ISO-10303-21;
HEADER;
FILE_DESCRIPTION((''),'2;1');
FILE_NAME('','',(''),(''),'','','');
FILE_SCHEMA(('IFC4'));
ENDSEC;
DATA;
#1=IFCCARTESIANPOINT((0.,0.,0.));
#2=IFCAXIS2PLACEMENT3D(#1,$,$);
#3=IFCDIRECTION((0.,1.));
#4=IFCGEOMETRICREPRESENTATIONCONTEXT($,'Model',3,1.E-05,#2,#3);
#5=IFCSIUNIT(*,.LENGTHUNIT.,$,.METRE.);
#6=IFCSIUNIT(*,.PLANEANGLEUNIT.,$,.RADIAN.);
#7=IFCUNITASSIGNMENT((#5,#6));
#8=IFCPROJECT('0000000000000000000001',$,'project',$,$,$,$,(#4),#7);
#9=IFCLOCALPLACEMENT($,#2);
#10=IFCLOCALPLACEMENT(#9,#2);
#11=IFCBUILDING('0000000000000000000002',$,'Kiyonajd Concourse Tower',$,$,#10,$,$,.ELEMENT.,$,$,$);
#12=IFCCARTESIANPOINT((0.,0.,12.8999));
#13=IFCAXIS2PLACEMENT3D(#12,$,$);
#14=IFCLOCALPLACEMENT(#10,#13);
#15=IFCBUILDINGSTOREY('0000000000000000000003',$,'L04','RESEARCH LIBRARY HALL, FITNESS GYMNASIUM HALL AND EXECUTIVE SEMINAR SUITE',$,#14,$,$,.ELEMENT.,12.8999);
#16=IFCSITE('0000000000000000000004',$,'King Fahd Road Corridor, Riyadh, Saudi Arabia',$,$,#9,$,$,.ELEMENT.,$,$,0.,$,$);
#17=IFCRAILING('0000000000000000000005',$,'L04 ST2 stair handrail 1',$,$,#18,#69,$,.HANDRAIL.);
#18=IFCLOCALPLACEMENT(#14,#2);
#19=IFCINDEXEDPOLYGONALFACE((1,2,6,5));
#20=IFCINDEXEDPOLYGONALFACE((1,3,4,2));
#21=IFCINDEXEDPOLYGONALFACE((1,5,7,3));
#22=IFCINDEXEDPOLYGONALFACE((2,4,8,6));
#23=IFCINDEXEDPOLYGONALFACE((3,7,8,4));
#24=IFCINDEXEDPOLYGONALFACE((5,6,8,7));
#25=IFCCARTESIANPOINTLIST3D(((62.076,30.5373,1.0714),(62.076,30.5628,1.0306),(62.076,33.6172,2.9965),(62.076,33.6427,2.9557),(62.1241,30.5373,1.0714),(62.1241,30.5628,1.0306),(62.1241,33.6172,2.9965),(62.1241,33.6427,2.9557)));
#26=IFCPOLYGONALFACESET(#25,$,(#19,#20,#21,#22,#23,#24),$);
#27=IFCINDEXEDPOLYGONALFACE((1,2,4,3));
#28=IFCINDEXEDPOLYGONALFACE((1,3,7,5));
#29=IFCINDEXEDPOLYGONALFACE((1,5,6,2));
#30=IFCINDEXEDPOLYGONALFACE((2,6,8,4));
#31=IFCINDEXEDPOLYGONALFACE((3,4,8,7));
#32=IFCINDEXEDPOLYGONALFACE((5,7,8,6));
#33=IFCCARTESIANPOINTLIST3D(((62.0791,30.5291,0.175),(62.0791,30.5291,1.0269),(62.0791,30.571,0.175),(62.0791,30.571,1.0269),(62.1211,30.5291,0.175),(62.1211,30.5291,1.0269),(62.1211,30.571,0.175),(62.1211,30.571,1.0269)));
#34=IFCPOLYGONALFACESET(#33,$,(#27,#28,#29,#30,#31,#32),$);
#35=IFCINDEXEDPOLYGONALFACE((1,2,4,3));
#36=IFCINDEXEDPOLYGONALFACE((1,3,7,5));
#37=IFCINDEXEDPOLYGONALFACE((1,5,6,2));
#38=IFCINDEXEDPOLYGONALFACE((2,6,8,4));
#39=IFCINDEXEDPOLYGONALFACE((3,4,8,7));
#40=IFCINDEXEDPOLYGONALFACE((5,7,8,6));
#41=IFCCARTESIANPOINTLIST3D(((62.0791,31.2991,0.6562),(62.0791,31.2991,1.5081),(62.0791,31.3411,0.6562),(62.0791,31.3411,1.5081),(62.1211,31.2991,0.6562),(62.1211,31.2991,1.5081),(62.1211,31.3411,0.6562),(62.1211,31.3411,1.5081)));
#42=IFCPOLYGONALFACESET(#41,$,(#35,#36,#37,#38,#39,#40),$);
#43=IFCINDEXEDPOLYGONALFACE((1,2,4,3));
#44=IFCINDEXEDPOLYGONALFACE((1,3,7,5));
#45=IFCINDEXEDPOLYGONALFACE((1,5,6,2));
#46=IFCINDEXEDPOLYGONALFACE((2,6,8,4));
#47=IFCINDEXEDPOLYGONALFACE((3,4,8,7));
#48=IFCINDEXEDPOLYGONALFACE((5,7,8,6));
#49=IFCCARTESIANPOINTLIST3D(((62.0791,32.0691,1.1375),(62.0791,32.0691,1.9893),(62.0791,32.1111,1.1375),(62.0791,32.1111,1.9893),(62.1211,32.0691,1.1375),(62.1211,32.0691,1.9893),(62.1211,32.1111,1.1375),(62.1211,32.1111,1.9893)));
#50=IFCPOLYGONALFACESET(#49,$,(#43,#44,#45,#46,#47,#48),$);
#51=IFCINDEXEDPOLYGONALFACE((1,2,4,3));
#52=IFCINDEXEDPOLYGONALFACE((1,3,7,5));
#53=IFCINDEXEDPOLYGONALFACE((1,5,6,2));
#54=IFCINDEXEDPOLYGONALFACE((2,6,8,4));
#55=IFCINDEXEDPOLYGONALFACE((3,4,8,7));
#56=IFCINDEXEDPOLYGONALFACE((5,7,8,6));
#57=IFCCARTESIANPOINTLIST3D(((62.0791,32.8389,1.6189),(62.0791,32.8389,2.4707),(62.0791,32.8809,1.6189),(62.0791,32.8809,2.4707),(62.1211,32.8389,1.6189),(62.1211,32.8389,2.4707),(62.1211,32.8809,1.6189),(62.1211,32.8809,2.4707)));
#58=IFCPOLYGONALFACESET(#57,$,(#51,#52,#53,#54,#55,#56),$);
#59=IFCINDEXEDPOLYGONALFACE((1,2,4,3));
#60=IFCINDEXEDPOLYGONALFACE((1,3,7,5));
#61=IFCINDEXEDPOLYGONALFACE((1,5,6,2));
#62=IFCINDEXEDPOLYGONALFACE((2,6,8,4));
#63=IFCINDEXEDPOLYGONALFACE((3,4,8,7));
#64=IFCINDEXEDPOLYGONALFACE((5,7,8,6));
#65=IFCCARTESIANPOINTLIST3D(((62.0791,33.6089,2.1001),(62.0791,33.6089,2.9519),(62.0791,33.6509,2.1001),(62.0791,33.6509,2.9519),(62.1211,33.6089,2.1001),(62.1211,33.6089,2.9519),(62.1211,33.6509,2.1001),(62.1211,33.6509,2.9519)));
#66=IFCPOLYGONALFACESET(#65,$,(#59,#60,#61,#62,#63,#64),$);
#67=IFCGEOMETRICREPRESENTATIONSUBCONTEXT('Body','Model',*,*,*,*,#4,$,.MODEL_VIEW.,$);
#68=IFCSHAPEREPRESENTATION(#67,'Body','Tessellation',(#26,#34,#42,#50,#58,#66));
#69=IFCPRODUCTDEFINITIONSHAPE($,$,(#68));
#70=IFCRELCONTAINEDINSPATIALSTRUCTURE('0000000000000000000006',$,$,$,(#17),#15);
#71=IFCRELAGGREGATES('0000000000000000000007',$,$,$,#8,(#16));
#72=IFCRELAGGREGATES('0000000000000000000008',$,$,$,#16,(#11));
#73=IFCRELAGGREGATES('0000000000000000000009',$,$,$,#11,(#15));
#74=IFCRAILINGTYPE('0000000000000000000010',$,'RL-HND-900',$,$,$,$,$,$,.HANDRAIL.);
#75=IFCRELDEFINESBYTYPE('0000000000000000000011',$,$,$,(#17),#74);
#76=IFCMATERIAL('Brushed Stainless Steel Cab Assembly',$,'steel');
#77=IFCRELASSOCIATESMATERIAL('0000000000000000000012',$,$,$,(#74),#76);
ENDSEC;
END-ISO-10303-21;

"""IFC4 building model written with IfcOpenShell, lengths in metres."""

from ifc_helpers import new_model, si_unit, direction, frame, origin, origin_2d, place, context, subcontext, project, spatial, rectangle, extrude, material, type_object, element, save


model = new_model("IFC4")

# Units and contexts
model_context = context("Model", 3, precision=1e-05, world=origin(), true_north=direction((0.0, 1.0)))
body_context = subcontext(model_context, "Body", "Model", "MODEL_VIEW")
ifc_project = project(units=[si_unit("LENGTHUNIT", "METRE"), si_unit("PLANEANGLEUNIT", "RADIAN")], contexts=[model_context])

# Site, building, storey
site_placement = place(None, origin())
site = spatial("IfcSite", under=ifc_project, at=site_placement, Name="King Fahd Road Corridor, Riyadh, Saudi Arabia", CompositionType="ELEMENT", RefElevation=0.0)
building_placement = place(site_placement, origin())
building = spatial("IfcBuilding", under=site, at=building_placement, Name="Kiyonajd Concourse Tower", CompositionType="ELEMENT")
storey_placement = place(building_placement, frame((0.0, 0.0, 12.8999)))
storey = spatial("IfcBuildingStorey", under=building, at=storey_placement, Name="L04", Description="RESEARCH LIBRARY HALL, FITNESS GYMNASIUM HALL AND EXECUTIVE SEMINAR SUITE", CompositionType="ELEMENT", Elevation=12.8999)

# Shared definitions
ifc_material_1 = material(Name="Brushed Stainless Steel Cab Assembly", Category="steel")

# Railing
railing_type_1 = type_object("IfcRailingType", Name="RL-HND-900", PredefinedType="HANDRAIL", material=ifc_material_1)
railing_1_placement = place(storey_placement, frame((62.1001, 30.55, 0.175)))
element("IfcRailing", 1, at=railing_1_placement, inside=storey, type_object=railing_type_1, Name="L04 ST2 stair handrail 1", PredefinedType="HANDRAIL", context=body_context, shape_type="SweptSolid", body=[
    extrude(rectangle(XDim=0.0481, YDim=0.0481, at=origin_2d()), frame((0.0, 0.0, 0.876), z_axis=(0.0, 0.847979, 0.530029), x_axis=(-1.0, 0.0, 0.0)), (0.0, 0.0, 1.0), 3.6321),
    extrude(rectangle(XDim=0.042, YDim=0.042, at=origin_2d()), origin(), (0.0, 0.0, 1.0), 0.8518),
    extrude(rectangle(XDim=0.042, YDim=0.042, at=origin_2d()), frame((0.0, 0.77, 0.4812)), (0.0, 0.0, 1.0), 0.8518),
    extrude(rectangle(XDim=0.042, YDim=0.042, at=origin_2d()), frame((0.0, 1.54, 0.9624)), (0.0, 0.0, 1.0), 0.8518),
    extrude(rectangle(XDim=0.042, YDim=0.042, at=origin_2d()), frame((0.0, 2.3098, 1.4438)), (0.0, 0.0, 1.0), 0.8518),
    extrude(rectangle(XDim=0.042, YDim=0.042, at=origin_2d()), frame((0.0, 3.0798, 1.925)), (0.0, 0.0, 1.0), 0.8518),
])

save(model, "model.ifc")
